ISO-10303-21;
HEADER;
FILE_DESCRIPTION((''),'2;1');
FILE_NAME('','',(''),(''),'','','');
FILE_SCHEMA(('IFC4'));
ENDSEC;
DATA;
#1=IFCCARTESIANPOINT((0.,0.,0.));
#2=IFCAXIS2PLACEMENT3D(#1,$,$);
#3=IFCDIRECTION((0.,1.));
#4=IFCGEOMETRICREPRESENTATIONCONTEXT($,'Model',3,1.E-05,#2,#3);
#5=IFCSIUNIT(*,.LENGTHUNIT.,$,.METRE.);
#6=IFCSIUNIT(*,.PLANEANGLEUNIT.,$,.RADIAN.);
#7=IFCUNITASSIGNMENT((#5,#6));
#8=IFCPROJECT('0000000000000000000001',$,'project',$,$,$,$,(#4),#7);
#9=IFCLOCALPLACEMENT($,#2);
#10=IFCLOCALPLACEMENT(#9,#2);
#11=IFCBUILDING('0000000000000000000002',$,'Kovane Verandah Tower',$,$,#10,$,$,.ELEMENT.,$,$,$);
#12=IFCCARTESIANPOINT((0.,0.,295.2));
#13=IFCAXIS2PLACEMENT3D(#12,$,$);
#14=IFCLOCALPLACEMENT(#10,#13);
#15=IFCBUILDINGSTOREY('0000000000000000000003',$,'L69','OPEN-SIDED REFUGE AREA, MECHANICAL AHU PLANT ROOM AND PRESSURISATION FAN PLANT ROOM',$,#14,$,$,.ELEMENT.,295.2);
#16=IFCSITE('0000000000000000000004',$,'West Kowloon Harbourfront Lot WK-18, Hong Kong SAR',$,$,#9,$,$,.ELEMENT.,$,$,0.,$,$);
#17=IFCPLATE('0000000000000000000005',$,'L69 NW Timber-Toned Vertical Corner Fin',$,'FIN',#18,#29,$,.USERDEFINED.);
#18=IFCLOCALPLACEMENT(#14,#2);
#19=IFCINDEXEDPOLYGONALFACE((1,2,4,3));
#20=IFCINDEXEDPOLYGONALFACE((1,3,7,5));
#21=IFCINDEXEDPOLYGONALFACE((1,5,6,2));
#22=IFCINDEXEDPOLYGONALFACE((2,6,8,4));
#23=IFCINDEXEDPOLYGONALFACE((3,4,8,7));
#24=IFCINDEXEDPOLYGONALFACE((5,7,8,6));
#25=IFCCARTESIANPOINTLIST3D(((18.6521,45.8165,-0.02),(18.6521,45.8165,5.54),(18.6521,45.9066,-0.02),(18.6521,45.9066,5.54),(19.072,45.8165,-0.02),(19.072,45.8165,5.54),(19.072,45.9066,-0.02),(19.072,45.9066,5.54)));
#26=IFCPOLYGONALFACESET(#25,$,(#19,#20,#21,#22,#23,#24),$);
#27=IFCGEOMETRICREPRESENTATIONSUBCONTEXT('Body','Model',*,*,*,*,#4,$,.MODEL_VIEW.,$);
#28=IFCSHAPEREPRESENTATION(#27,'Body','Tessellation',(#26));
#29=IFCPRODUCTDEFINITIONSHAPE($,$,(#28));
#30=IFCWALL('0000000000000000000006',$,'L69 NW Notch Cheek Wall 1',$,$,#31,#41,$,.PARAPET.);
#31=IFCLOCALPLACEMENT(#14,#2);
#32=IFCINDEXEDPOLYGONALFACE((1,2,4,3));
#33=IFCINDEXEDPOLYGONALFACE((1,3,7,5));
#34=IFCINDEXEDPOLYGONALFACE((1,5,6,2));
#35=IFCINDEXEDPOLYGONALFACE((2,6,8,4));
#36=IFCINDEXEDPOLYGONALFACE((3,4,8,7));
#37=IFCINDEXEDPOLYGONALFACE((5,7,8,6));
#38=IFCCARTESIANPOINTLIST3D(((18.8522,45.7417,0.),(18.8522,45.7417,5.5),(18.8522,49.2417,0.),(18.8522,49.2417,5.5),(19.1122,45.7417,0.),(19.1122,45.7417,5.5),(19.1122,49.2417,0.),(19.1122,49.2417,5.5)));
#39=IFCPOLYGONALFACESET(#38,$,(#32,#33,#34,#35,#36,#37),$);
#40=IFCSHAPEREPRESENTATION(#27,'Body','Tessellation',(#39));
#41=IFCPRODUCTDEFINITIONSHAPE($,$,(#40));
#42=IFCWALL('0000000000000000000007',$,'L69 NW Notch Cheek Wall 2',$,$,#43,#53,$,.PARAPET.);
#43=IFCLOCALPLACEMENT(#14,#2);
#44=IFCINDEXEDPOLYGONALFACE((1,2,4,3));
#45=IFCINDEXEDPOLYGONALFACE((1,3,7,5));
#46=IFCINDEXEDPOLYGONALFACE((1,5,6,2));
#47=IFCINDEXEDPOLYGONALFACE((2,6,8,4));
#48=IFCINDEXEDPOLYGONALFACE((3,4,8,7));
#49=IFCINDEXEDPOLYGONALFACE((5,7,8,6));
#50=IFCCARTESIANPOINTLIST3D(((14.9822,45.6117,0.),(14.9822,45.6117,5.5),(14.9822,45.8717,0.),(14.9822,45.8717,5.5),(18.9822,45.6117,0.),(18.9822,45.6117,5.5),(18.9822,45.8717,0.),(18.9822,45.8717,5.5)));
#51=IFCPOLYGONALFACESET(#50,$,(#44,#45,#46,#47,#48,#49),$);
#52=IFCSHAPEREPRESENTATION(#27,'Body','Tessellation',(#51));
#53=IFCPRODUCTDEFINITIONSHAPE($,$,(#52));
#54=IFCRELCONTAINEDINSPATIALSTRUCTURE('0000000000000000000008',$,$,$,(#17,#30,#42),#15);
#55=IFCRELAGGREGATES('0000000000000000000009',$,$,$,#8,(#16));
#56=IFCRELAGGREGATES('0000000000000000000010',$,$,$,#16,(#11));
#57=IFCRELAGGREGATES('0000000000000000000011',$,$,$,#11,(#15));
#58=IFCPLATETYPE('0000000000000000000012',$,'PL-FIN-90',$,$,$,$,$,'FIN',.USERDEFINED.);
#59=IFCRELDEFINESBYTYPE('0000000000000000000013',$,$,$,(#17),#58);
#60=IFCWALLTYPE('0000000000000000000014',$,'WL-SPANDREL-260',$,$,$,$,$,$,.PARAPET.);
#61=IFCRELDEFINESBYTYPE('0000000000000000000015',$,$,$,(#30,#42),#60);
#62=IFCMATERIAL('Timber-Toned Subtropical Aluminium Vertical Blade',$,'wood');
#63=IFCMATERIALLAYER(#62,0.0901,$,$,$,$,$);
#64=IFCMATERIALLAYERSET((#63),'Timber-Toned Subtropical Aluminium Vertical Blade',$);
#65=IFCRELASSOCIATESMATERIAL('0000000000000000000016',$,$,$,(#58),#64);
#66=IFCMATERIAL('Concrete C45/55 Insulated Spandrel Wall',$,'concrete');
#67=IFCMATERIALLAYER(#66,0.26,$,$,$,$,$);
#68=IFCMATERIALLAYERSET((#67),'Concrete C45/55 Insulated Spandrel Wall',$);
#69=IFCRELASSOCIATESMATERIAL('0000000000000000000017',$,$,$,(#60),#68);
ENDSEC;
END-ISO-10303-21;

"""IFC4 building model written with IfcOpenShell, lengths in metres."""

from ifc_helpers import new_model, si_unit, direction, frame, frame_2d, origin, origin_2d, place, context, subcontext, project, spatial, rectangle, extrude, material, layer, layer_set, type_object, element, save


model = new_model("IFC4")

# Units and contexts
model_context = context("Model", 3, precision=1e-05, world=origin(), true_north=direction((0.0, 1.0)))
body_context = subcontext(model_context, "Body", "Model", "MODEL_VIEW")
ifc_project = project(units=[si_unit("LENGTHUNIT", "METRE"), si_unit("PLANEANGLEUNIT", "RADIAN")], contexts=[model_context])

# Site, building, storey
site_placement = place(None, origin())
site = spatial("IfcSite", under=ifc_project, at=site_placement, Name="West Kowloon Harbourfront Lot WK-18, Hong Kong SAR", CompositionType="ELEMENT", RefElevation=0.0)
building_placement = place(site_placement, origin())
building = spatial("IfcBuilding", under=site, at=building_placement, Name="Kovane Verandah Tower", CompositionType="ELEMENT")
storey_placement = place(building_placement, frame((0.0, 0.0, 295.2)))
storey = spatial("IfcBuildingStorey", under=building, at=storey_placement, Name="L69", Description="OPEN-SIDED REFUGE AREA, MECHANICAL AHU PLANT ROOM AND PRESSURISATION FAN PLANT ROOM", CompositionType="ELEMENT", Elevation=295.2)

# Plate
ifc_material_1 = material(Name="Timber-Toned Subtropical Aluminium Vertical Blade", Category="wood")
ifc_layer_1 = layer(ifc_material_1, 0.0901)
ifc_layer_set_1 = layer_set([ifc_layer_1], Name="Timber-Toned Subtropical Aluminium Vertical Blade")
plate_type_1 = type_object("IfcPlateType", Name="PL-FIN-90", ElementType="FIN", PredefinedType="USERDEFINED", material=ifc_layer_set_1)
plate_1_placement = place(storey_placement, frame((18.8621, 45.8616, -0.02), z_axis=(0.0, 0.0, 1.0), x_axis=(1.0, 0.0, 0.0)))
element("IfcPlate", 1, at=plate_1_placement, inside=storey, type_object=plate_type_1, Name="L69 NW Timber-Toned Vertical Corner Fin", ObjectType="FIN", PredefinedType="USERDEFINED", context=body_context, shape_type="SweptSolid", body=[
    extrude(rectangle(XDim=0.4199, YDim=0.0901, at=origin_2d()), origin(), (0.0, 0.0, 1.0), 5.5601),
])

# Walls
ifc_material_2 = material(Name="Concrete C45/55 Insulated Spandrel Wall", Category="concrete")
ifc_layer_2 = layer(ifc_material_2, 0.26)
ifc_layer_set_2 = layer_set([ifc_layer_2], Name="Concrete C45/55 Insulated Spandrel Wall")
wall_type = type_object("IfcWallType", Name="WL-SPANDREL-260", PredefinedType="PARAPET", material=ifc_layer_set_2)
wall_1_placement = place(storey_placement, frame((18.9822, 49.2417, 0.0), z_axis=(0.0, 0.0, 1.0), x_axis=(0.0, -1.0, 0.0)))
element("IfcWall", 2, at=wall_1_placement, inside=storey, type_object=wall_type, Name="L69 NW Notch Cheek Wall 1", PredefinedType="PARAPET", context=body_context, shape_type="SweptSolid", body=[
    extrude(rectangle(XDim=3.5, YDim=0.26, at=frame_2d((1.75, 0.0))), origin(), (0.0, 0.0, 1.0), 5.5),
])
wall_2_placement = place(storey_placement, frame((18.9822, 45.7417, 0.0), z_axis=(0.0, 0.0, 1.0), x_axis=(-1.0, 0.0, 0.0)))
element("IfcWall", 3, at=wall_2_placement, inside=storey, type_object=wall_type, Name="L69 NW Notch Cheek Wall 2", PredefinedType="PARAPET", context=body_context, shape_type="SweptSolid", body=[
    extrude(rectangle(XDim=4.0, YDim=0.26, at=frame_2d((2.0, 0.0))), origin(), (0.0, 0.0, 1.0), 5.5),
])

save(model, "model.ifc")
